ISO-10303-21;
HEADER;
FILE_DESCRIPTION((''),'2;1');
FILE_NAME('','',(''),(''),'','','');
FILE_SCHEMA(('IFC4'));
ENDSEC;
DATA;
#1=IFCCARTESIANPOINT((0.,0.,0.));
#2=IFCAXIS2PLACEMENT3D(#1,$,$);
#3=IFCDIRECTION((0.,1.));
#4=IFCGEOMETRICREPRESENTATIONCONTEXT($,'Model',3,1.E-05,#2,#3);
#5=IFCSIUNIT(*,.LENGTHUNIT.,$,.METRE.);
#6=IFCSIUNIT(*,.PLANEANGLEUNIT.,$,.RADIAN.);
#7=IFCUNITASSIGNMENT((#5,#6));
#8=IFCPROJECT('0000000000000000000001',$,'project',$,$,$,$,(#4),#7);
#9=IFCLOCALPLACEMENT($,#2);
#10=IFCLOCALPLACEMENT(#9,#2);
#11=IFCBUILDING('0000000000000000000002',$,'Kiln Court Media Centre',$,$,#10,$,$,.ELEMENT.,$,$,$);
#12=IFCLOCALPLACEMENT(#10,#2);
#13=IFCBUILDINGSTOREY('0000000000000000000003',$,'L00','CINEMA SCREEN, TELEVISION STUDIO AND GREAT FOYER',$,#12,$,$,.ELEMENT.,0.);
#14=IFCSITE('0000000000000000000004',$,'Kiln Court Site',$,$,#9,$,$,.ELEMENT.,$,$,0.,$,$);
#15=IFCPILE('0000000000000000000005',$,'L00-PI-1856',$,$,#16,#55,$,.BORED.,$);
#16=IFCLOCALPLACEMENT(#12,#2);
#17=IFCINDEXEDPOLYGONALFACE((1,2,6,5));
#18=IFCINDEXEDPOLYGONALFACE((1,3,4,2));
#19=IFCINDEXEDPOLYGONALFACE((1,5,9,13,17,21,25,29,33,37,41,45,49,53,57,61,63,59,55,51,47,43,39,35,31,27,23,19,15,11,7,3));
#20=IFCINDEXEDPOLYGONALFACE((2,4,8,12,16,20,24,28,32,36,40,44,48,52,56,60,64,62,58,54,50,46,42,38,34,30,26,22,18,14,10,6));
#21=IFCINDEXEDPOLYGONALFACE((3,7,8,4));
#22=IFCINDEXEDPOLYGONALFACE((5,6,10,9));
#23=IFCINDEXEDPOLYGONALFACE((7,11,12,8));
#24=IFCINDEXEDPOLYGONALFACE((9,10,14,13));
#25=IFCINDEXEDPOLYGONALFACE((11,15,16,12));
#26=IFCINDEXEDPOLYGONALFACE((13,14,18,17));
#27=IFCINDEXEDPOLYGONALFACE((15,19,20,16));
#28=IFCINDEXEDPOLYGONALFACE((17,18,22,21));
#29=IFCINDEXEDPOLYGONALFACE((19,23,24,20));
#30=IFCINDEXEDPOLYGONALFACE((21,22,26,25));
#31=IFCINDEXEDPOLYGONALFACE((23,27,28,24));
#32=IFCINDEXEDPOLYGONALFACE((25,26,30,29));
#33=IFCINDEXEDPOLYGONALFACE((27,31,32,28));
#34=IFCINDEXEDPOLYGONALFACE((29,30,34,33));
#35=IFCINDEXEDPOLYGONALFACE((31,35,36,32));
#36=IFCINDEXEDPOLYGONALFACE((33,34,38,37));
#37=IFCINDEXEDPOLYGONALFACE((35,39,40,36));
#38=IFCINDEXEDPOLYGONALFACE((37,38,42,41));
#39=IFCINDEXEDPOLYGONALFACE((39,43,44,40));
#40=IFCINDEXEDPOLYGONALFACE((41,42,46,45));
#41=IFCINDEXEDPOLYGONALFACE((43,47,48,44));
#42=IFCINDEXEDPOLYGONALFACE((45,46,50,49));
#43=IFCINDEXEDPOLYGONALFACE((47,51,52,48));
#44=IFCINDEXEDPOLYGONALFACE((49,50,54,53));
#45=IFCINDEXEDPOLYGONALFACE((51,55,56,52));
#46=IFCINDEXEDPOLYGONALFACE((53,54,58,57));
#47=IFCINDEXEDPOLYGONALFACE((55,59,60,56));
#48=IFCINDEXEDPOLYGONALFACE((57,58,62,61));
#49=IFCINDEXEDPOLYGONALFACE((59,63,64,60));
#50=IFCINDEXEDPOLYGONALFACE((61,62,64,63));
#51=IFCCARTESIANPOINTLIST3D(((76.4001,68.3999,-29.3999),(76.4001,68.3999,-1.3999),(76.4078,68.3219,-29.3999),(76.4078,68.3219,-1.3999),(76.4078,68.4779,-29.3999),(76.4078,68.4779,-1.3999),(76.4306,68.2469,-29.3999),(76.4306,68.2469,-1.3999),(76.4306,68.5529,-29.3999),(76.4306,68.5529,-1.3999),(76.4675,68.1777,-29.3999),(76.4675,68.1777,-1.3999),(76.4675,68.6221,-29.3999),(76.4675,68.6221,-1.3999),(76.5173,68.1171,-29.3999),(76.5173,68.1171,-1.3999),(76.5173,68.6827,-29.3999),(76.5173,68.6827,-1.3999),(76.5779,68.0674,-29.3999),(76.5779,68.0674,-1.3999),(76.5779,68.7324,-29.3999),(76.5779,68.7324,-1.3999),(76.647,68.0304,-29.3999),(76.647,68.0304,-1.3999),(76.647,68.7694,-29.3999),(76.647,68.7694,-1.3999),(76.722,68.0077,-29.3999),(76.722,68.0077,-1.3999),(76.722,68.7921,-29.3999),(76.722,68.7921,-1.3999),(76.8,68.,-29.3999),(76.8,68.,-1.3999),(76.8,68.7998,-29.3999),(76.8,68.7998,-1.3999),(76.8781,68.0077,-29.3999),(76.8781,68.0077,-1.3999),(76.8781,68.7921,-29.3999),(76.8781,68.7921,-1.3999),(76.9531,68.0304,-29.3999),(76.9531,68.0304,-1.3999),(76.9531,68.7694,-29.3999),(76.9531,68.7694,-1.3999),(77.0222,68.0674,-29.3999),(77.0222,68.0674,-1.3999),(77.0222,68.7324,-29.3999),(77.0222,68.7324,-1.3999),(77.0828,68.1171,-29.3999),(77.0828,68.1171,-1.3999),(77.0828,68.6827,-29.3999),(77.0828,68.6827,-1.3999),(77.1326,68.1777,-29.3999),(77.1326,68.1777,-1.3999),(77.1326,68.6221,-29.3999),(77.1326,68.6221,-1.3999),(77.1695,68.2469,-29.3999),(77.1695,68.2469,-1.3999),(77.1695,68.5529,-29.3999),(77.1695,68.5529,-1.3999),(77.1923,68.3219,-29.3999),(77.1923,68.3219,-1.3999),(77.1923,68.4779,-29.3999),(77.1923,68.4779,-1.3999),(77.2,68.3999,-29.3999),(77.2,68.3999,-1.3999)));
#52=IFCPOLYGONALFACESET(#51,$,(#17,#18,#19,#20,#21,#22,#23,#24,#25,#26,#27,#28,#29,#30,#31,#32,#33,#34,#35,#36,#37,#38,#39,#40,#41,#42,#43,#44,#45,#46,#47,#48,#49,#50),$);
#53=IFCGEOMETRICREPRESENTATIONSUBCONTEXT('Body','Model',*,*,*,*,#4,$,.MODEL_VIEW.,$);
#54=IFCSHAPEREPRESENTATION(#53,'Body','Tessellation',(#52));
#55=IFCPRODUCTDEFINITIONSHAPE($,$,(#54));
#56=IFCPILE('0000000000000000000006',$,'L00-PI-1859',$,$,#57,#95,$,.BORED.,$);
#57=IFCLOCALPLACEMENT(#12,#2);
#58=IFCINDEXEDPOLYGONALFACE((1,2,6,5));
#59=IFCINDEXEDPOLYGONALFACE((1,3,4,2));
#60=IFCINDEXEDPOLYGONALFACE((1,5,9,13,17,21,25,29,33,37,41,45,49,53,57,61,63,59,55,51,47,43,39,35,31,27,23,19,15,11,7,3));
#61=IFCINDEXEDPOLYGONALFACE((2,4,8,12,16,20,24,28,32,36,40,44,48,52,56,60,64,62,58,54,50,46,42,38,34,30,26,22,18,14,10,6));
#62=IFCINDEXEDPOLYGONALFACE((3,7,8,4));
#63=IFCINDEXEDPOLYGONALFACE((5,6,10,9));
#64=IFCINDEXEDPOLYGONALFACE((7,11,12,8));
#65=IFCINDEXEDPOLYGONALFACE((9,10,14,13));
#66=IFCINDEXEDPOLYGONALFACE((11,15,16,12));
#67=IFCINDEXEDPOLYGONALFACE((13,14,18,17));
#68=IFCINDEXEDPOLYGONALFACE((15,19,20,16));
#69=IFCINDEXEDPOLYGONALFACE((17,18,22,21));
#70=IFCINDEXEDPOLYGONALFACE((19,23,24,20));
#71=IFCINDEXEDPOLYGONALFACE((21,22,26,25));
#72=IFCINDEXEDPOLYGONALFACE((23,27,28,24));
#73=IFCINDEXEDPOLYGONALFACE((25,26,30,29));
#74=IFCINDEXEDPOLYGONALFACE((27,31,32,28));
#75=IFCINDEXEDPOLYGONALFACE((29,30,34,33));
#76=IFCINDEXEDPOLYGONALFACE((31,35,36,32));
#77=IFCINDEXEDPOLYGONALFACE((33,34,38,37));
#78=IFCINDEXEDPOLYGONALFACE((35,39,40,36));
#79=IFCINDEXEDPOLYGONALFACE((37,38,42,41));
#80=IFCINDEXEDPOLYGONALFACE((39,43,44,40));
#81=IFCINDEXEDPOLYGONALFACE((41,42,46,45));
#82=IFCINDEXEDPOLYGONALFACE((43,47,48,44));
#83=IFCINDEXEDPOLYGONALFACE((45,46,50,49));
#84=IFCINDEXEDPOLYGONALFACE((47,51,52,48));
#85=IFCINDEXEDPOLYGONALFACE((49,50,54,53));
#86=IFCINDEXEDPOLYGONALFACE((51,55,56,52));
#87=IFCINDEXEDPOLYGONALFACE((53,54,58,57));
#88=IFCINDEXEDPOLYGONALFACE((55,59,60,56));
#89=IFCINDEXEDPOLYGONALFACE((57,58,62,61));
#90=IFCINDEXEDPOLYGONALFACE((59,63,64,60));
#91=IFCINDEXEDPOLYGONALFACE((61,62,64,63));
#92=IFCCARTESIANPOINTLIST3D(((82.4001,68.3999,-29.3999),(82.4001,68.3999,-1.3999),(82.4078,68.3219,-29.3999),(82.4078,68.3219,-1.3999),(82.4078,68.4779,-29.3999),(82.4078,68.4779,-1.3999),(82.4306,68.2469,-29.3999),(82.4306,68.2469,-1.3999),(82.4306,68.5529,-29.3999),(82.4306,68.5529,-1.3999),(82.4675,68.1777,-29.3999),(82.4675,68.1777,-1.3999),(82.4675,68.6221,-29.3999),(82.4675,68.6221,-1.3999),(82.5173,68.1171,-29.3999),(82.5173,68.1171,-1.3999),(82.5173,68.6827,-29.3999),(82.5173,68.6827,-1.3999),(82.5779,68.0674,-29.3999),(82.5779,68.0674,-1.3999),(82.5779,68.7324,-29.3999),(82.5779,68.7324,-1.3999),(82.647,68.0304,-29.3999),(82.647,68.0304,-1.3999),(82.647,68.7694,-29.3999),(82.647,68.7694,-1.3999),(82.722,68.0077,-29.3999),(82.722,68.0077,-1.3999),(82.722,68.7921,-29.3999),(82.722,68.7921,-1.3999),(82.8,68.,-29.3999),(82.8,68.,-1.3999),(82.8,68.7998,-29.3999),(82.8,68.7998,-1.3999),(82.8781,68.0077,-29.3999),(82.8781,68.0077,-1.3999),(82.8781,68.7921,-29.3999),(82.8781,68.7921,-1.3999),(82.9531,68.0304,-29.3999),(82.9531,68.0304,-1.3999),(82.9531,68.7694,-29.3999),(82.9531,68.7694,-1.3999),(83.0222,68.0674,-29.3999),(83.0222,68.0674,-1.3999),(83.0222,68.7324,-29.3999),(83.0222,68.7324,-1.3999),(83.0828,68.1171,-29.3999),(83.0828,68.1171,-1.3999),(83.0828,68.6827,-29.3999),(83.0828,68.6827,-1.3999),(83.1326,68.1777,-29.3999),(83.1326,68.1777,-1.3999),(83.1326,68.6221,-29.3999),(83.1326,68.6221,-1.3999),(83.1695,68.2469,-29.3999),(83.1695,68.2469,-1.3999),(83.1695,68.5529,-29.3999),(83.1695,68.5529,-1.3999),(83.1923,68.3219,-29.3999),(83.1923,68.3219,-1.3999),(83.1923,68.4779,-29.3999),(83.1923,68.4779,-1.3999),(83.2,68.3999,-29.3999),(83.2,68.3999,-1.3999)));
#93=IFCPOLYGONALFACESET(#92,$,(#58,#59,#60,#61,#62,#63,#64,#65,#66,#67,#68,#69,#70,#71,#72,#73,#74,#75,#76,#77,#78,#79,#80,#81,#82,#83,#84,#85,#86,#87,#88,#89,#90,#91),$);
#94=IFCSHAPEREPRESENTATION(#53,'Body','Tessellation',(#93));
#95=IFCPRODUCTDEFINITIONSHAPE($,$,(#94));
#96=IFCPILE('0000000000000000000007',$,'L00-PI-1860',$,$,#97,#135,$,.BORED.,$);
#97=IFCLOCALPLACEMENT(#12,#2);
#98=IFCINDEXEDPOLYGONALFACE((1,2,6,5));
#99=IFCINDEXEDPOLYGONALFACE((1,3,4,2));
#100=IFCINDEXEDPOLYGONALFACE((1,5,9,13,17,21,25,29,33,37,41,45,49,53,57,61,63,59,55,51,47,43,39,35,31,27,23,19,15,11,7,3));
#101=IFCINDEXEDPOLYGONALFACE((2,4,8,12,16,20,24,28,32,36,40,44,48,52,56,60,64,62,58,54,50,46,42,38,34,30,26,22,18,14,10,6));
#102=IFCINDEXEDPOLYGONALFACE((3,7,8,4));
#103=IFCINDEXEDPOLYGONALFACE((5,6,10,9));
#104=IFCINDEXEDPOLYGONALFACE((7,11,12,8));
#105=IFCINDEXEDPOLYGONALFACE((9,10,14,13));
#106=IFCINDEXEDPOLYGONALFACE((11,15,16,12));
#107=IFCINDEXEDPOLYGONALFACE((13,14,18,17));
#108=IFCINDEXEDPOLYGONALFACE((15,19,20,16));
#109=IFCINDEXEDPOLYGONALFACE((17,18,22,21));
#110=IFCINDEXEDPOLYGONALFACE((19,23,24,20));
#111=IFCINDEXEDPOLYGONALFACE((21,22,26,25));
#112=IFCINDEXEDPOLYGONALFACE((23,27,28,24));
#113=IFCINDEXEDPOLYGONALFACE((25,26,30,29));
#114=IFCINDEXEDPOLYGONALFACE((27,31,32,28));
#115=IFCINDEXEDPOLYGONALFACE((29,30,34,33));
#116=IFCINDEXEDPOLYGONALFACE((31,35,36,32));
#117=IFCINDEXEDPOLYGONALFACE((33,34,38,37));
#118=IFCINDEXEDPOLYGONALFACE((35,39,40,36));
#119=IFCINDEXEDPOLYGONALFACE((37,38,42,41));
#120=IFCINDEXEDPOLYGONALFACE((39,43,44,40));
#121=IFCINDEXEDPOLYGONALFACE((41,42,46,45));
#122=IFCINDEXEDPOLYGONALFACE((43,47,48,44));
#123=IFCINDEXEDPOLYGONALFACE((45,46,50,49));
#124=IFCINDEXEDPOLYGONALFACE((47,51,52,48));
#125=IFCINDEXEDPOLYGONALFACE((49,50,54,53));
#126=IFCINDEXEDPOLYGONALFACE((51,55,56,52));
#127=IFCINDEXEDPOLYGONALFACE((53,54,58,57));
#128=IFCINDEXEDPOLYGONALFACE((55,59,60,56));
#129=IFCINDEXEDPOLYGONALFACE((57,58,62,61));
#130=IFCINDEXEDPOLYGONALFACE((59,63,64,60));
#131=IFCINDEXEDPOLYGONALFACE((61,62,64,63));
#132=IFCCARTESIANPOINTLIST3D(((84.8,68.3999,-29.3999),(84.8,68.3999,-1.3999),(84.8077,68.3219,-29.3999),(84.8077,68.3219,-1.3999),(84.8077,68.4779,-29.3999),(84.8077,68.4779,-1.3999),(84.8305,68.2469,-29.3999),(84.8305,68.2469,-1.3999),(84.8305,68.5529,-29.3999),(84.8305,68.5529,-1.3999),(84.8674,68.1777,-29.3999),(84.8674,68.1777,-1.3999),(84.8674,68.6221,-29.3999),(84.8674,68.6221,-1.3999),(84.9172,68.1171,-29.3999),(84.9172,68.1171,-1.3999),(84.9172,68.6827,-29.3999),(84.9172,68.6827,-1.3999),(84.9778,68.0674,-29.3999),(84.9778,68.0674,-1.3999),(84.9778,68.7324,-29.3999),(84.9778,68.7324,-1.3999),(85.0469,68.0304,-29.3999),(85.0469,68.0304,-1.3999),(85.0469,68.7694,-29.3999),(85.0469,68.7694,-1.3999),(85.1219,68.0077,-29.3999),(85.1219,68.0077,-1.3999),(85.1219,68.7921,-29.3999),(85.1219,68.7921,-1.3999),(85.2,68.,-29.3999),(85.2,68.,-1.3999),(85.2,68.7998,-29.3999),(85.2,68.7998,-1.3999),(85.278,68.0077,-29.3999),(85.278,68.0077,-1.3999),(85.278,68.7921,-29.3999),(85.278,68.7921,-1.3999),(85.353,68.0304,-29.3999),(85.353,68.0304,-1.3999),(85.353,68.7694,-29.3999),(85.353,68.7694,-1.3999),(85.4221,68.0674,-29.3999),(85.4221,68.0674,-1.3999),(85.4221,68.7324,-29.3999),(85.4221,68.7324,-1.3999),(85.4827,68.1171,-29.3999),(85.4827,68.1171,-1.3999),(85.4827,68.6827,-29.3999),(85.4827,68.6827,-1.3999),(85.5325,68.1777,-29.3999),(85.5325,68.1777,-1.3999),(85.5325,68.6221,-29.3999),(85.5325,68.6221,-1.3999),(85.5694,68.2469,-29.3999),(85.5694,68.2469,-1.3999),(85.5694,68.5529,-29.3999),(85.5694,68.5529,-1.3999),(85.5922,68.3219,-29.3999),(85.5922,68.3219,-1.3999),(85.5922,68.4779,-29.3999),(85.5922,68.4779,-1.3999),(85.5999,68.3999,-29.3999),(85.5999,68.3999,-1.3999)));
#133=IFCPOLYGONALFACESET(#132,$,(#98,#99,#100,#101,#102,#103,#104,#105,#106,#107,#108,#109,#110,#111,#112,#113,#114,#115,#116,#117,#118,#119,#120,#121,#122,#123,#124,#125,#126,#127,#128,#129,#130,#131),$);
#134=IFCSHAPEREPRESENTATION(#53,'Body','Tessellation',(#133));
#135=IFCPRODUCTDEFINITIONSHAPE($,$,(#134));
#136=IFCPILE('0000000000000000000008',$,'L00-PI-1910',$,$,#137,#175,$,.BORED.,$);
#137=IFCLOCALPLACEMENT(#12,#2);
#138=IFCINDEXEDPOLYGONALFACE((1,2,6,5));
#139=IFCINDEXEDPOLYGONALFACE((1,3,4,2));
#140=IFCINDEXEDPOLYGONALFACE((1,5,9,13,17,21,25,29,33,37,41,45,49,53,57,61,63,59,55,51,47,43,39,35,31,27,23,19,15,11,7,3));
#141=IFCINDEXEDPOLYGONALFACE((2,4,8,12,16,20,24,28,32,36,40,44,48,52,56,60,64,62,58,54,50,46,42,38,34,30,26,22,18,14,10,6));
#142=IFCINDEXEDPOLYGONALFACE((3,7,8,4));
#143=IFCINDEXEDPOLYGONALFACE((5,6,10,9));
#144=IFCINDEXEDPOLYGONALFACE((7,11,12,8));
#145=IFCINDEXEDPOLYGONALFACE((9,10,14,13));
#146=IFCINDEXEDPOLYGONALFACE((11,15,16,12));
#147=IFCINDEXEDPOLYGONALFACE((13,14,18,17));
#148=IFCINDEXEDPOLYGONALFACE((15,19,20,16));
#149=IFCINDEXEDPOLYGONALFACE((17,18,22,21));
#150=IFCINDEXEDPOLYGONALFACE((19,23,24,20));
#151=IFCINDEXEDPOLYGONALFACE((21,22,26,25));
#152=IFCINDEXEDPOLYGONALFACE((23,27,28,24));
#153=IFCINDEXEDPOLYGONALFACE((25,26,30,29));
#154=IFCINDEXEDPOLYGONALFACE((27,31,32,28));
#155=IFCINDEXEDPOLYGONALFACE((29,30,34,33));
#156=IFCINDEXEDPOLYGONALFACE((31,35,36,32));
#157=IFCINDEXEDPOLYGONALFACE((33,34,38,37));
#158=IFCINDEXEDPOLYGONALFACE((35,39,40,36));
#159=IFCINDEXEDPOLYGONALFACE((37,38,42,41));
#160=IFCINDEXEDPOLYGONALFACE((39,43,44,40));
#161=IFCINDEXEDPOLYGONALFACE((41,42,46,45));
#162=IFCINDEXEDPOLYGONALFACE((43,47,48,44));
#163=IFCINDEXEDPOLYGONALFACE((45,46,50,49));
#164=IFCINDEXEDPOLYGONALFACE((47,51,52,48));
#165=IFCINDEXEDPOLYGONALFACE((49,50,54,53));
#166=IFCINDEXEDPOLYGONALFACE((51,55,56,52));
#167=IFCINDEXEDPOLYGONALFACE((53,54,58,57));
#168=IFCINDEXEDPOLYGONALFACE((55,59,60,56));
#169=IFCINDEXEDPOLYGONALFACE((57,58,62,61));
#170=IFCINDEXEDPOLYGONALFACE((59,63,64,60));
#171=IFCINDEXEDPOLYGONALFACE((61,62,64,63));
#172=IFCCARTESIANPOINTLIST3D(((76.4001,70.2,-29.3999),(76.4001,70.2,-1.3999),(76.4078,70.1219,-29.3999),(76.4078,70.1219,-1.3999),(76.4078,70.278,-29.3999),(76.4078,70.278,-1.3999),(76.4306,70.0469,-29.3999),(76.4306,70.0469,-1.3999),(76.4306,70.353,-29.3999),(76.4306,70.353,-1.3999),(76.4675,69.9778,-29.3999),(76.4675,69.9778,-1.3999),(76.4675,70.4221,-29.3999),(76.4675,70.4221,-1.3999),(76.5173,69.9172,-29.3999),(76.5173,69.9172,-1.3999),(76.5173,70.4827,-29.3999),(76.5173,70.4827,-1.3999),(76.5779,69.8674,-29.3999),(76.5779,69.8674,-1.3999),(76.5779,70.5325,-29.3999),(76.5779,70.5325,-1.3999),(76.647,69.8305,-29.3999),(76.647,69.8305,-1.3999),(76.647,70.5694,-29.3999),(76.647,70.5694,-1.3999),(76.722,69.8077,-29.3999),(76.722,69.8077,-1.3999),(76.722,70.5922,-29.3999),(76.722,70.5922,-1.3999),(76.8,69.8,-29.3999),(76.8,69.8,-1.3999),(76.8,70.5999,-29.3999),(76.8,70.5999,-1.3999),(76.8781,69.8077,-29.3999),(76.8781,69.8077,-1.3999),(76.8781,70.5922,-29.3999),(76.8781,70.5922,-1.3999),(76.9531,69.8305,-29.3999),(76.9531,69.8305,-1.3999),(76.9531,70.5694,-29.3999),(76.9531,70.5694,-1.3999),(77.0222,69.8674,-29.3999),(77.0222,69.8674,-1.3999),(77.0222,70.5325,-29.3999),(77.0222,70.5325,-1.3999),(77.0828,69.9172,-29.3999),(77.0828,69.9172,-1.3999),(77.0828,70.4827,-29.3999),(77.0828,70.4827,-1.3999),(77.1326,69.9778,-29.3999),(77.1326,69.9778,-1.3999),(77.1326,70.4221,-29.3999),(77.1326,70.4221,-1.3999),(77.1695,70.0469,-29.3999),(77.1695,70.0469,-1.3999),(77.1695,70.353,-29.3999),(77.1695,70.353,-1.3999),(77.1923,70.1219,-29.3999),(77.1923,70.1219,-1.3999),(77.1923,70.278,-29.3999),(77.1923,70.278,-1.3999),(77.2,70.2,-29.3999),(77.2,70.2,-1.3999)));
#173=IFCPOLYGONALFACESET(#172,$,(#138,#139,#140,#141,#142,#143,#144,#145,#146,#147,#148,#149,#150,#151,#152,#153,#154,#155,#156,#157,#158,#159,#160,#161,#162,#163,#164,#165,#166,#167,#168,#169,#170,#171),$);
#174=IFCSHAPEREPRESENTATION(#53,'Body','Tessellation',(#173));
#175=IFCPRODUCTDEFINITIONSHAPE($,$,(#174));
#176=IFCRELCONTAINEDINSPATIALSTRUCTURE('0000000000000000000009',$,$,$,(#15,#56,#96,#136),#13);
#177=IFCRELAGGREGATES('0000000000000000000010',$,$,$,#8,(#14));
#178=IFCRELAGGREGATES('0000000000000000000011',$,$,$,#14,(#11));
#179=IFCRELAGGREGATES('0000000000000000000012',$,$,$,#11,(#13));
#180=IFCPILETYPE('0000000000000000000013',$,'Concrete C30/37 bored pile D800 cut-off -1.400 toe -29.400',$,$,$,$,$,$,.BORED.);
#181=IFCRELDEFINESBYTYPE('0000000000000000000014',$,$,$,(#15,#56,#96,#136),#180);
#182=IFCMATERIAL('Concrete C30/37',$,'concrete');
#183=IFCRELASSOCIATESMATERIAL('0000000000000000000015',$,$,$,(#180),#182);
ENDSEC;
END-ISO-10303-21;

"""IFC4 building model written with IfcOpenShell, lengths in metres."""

from ifc_helpers import new_model, si_unit, direction, frame, origin, origin_2d, place, context, subcontext, project, spatial, circle, extrude, material, material_profile, profile_set, type_object, element, save


model = new_model("IFC4")

# Units and contexts
model_context = context("Model", 3, precision=1e-05, world=origin(), true_north=direction((0.0, 1.0)))
body_context = subcontext(model_context, "Body", "Model", "MODEL_VIEW")
ifc_project = project(units=[si_unit("LENGTHUNIT", "METRE"), si_unit("PLANEANGLEUNIT", "RADIAN")], contexts=[model_context])

# Site, building, storey
site_placement = place(None, origin())
site = spatial("IfcSite", under=ifc_project, at=site_placement, Name="Kiln Court Site", CompositionType="ELEMENT", RefElevation=0.0)
building_placement = place(site_placement, origin())
building = spatial("IfcBuilding", under=site, at=building_placement, Name="Kiln Court Media Centre", CompositionType="ELEMENT")
storey_placement = place(building_placement, origin())
storey = spatial("IfcBuildingStorey", under=building, at=storey_placement, Name="L00", Description="CINEMA SCREEN, TELEVISION STUDIO AND GREAT FOYER", CompositionType="ELEMENT", Elevation=0.0)

# Piles
ifc_material_1 = material(Name="Concrete C30/37", Category="concrete")
ifc_material_profile_1 = material_profile(ifc_material_1, circle(Radius=0.3999, at=origin_2d()), Name="PILE D800")
ifc_profile_set_1 = profile_set([ifc_material_profile_1], Name="Concrete C30/37")
pile_type_1 = type_object("IfcPileType", Name="Concrete C30/37 bored pile D800 cut-off -1.400 toe -29.400", PredefinedType="BORED", material=ifc_profile_set_1)
for number, where, z_axis, x_axis, name in (
    (1, (76.8, 68.3999, -1.3999), (0.0, 0.0, -1.0), (1.0, 0.0, 0.0), "L00-PI-1856"),
    (2, (82.8, 68.3999, -1.3999), (0.0, 0.0, -1.0), (1.0, 0.0, 0.0), "L00-PI-1859"),
    (3, (85.2, 68.3999, -1.3999), (0.0, 0.0, -1.0), (1.0, 0.0, 0.0), "L00-PI-1860"),
    (4, (76.8, 70.2, -1.3999), (0.0, 0.0, -1.0), (1.0, 0.0, 0.0), "L00-PI-1910"),
):
    element("IfcPile", number, at=place(storey_placement, frame(where, z_axis=z_axis, x_axis=x_axis)), inside=storey, type_object=pile_type_1, Name=name, PredefinedType="BORED", context=body_context, shape_type="SweptSolid", body=[
        extrude(circle(Radius=0.3999, at=origin_2d()), origin(), (0.0, 0.0, 1.0), 28.0),
    ])

save(model, "model.ifc")
